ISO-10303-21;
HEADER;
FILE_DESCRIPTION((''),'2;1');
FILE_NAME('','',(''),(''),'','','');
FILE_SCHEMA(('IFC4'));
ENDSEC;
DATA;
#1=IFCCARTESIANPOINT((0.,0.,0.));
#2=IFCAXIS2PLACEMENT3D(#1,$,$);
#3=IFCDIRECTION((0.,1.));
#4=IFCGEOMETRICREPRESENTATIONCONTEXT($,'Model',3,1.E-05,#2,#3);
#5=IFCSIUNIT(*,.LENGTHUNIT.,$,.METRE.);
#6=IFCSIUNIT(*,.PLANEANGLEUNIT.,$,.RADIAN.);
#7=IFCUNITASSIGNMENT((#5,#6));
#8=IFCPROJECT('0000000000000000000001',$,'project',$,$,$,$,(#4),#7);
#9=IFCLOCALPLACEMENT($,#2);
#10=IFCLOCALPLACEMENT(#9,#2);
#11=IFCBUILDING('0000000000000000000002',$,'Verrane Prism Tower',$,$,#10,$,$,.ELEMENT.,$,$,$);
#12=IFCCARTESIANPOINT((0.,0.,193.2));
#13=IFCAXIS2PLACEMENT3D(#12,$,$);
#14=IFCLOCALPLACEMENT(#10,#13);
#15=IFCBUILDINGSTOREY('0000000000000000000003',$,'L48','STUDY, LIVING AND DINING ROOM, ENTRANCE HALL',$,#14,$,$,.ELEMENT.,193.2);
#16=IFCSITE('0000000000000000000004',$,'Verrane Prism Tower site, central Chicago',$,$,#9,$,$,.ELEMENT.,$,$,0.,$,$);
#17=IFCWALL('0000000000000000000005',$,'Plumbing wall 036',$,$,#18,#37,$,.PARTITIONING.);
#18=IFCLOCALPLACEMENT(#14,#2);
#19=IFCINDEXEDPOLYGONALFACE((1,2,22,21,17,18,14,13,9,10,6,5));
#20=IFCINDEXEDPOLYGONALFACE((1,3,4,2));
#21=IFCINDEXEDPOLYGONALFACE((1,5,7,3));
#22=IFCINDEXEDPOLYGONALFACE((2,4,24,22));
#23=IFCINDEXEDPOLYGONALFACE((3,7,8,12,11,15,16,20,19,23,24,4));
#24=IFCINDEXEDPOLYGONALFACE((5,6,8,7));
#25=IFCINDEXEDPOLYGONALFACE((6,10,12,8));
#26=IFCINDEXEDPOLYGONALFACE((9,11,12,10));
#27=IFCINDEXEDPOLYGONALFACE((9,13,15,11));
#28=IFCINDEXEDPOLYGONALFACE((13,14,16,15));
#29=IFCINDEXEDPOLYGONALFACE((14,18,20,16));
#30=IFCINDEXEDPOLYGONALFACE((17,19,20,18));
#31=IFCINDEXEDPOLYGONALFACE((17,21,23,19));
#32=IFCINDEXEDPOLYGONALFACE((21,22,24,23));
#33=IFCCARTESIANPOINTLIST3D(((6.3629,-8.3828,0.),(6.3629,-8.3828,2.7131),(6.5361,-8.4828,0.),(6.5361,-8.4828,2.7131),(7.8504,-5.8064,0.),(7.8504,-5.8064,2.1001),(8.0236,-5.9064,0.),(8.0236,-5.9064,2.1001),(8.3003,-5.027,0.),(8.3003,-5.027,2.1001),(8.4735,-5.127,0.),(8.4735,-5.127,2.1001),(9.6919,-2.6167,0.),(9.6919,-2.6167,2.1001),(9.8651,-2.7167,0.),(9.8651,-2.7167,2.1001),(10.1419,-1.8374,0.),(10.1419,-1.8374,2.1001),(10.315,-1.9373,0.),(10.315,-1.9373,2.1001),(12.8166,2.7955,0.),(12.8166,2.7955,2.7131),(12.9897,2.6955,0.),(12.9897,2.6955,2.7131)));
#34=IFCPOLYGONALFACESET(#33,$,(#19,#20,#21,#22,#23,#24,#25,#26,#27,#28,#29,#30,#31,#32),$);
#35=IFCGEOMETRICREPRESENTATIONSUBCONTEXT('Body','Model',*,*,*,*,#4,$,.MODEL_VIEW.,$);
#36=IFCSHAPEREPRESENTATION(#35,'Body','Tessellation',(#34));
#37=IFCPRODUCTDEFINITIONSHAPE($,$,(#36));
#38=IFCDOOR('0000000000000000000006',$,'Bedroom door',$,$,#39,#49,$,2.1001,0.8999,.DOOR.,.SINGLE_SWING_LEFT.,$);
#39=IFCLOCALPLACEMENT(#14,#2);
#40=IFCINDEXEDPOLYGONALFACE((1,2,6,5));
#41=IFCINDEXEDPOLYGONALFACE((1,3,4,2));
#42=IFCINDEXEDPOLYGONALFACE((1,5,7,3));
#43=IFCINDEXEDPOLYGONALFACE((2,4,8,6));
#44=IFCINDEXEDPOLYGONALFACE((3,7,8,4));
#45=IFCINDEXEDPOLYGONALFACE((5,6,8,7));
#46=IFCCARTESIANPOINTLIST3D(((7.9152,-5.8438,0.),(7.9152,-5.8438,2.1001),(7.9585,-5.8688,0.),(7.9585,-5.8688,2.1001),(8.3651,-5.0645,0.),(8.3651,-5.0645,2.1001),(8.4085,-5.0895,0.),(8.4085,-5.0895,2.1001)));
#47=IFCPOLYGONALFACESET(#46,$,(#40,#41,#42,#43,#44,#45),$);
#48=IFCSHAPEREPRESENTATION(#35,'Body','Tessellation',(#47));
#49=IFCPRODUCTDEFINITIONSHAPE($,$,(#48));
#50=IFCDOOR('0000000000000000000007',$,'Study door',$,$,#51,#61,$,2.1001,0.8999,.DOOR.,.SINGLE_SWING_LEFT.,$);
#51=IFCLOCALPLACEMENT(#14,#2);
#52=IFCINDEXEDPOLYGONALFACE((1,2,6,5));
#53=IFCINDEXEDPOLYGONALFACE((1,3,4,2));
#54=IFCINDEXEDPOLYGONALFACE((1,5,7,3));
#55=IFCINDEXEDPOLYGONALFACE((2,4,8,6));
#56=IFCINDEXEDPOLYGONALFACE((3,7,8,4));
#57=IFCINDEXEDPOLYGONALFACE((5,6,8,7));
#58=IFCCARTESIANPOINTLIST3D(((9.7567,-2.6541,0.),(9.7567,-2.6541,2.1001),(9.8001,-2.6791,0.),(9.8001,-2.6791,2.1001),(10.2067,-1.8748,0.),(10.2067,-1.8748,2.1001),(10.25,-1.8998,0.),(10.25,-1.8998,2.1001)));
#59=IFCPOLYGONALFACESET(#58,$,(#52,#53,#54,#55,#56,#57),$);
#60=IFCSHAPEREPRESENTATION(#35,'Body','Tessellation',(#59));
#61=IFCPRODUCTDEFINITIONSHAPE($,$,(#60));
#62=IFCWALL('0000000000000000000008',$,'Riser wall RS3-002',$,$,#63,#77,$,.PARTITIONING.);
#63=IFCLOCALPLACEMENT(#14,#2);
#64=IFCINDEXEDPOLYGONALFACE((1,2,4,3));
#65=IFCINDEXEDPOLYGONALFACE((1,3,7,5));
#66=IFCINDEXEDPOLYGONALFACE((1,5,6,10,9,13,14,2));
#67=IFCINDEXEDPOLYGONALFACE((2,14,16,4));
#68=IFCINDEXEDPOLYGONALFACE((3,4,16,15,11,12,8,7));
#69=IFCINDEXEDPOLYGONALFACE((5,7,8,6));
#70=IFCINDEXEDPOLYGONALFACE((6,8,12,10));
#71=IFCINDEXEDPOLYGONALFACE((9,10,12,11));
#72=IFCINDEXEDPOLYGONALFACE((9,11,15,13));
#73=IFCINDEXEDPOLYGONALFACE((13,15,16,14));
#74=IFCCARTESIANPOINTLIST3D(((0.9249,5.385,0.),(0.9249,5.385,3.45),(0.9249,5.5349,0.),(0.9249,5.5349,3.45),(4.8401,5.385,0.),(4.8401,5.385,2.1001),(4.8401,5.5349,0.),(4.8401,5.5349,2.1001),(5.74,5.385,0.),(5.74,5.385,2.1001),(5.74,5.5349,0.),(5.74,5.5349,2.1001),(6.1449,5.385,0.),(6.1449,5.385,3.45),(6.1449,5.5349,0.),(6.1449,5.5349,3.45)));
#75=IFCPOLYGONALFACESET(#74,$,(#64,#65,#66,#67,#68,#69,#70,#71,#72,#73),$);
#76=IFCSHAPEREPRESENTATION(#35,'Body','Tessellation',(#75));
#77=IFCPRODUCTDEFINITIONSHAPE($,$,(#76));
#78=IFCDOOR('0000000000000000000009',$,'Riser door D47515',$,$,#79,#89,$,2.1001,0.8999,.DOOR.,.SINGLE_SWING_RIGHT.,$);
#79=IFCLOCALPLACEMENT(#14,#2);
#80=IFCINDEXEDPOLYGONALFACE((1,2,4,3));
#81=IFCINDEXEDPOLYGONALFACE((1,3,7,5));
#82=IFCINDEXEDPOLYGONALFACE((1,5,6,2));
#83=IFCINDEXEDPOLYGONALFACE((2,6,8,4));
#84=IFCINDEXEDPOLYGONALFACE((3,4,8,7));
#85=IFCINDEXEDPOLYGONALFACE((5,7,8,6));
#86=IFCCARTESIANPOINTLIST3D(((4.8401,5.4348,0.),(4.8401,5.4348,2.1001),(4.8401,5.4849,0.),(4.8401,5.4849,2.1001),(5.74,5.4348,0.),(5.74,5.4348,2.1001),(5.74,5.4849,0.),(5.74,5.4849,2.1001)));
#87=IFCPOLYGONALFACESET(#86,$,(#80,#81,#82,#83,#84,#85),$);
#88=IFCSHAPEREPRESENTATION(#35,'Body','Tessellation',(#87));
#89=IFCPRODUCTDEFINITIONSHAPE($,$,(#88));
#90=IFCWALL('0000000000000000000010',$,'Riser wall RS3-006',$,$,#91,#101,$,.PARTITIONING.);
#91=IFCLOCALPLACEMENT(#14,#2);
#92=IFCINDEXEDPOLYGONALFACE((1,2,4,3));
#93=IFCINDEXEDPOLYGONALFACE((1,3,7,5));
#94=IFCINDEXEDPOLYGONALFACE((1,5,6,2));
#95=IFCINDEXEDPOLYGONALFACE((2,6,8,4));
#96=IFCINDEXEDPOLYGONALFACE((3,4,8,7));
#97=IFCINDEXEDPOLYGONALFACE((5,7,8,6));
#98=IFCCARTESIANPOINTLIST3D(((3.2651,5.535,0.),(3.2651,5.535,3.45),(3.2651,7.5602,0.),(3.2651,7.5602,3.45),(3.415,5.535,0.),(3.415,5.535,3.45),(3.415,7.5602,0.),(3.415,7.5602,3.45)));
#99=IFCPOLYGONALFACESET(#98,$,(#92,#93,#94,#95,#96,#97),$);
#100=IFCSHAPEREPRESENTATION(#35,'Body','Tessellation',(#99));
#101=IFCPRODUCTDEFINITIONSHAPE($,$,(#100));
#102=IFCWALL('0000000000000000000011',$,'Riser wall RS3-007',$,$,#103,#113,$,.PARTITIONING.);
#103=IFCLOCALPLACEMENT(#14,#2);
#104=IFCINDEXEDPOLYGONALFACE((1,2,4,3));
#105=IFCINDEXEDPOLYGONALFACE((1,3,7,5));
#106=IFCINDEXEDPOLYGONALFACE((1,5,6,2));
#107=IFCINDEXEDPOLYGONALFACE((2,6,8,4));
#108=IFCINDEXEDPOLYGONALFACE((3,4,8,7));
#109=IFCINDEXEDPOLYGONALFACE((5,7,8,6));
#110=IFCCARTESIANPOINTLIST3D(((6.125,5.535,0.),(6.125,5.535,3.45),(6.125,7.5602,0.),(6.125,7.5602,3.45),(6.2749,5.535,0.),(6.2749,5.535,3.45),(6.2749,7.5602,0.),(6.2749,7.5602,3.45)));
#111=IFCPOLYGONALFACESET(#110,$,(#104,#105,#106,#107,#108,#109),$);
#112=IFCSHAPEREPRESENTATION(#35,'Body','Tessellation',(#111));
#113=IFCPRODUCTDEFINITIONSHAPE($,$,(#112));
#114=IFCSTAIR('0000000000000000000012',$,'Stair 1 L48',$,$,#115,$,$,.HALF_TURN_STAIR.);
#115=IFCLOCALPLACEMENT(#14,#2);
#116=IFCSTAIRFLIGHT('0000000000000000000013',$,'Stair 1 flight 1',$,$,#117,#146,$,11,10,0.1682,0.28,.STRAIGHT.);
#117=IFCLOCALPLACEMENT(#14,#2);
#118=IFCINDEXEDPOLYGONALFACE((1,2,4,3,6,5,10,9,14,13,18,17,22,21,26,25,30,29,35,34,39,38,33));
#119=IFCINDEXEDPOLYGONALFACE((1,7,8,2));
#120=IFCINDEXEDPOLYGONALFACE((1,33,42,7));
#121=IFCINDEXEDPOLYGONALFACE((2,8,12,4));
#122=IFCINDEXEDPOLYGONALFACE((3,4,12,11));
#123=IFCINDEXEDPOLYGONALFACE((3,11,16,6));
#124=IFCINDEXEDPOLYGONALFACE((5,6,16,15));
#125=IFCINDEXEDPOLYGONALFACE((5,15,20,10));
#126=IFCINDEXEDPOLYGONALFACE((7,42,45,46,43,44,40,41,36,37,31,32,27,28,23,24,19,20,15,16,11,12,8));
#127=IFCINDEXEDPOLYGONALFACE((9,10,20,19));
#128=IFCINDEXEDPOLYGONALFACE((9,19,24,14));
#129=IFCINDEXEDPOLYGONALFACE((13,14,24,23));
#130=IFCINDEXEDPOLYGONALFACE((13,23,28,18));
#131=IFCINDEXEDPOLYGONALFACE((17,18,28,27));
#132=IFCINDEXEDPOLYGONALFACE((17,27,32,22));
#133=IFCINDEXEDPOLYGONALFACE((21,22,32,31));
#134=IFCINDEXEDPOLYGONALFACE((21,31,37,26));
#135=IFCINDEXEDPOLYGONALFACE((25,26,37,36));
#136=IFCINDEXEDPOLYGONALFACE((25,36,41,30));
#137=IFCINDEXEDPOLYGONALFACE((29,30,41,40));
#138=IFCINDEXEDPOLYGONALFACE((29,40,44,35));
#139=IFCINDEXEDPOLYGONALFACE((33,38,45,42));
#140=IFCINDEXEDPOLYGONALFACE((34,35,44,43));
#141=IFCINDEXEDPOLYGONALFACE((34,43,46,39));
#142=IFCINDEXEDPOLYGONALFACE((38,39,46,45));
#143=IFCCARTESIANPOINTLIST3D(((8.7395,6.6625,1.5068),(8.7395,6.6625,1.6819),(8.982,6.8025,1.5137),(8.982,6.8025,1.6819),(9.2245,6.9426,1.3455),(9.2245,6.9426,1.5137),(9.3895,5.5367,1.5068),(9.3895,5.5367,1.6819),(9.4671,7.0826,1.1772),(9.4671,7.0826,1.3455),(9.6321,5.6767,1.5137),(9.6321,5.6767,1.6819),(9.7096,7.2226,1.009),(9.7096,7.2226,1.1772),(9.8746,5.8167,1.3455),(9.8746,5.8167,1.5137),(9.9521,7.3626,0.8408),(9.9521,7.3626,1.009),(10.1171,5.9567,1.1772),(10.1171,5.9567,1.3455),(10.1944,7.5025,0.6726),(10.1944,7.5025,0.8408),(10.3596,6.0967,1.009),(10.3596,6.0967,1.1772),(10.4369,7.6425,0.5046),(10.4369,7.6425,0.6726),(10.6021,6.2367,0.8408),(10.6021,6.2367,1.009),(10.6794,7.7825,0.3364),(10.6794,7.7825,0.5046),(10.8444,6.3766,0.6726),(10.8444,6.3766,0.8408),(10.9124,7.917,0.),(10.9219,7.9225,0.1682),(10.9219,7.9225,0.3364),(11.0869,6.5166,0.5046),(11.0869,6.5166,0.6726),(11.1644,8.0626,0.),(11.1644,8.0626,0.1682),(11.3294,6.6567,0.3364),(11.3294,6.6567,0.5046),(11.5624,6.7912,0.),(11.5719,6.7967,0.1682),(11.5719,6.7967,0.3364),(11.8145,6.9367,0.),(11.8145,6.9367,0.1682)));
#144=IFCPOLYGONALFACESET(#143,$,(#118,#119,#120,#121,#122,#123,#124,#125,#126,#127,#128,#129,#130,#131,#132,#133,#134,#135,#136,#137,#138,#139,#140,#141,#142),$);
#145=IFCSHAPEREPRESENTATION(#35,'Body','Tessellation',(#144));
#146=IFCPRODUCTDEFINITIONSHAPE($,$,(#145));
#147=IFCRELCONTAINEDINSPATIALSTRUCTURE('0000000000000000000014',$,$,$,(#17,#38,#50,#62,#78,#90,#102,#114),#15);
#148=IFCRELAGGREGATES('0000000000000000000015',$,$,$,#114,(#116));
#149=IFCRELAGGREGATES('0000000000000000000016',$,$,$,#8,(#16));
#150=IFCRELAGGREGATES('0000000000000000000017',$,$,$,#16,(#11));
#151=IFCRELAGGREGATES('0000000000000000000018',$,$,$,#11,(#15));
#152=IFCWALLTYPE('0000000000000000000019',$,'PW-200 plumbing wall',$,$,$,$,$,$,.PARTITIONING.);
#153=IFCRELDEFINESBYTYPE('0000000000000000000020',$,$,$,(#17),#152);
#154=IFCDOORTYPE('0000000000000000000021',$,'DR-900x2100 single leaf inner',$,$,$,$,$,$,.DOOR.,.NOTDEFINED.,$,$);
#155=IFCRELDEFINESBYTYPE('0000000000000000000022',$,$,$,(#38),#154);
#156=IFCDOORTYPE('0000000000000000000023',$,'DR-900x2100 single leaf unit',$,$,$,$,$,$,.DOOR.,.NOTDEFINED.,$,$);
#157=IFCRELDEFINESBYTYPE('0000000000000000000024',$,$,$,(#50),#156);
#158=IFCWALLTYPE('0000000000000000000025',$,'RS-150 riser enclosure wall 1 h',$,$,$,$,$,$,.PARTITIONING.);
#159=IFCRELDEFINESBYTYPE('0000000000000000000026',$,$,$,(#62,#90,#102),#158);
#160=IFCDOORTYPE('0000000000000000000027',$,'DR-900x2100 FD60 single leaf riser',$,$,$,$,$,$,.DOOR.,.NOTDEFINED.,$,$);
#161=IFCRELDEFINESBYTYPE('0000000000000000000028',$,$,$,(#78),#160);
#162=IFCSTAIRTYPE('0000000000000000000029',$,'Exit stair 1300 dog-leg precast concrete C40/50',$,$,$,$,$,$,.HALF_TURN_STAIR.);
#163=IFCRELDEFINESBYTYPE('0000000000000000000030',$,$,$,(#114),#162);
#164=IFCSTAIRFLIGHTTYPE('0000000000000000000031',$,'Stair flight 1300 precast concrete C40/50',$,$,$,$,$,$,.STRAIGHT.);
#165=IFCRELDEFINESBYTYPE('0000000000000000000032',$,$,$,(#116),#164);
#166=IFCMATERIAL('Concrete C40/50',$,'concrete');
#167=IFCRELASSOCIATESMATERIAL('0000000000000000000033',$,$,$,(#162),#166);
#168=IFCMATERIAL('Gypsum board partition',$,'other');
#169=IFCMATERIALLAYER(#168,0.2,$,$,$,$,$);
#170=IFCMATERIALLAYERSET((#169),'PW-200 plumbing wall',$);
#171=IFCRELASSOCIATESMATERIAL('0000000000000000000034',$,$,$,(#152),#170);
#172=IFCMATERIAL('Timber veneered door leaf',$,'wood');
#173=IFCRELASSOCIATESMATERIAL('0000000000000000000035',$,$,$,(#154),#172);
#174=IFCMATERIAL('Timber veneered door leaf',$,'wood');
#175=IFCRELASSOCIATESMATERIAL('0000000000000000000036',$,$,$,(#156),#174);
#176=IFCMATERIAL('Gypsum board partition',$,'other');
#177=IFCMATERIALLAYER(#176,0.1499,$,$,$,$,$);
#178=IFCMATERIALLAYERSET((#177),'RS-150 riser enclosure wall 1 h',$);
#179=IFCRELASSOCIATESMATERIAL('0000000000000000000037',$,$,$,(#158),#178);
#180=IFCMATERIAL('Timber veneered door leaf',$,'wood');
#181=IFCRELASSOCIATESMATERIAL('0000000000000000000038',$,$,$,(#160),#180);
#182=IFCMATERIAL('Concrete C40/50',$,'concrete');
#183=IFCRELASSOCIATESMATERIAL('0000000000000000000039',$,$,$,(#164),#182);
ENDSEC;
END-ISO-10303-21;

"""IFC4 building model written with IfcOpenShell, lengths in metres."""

from ifc_helpers import new_model, si_unit, direction, frame, frame_2d, origin, place, context, subcontext, project, spatial, polyline, rectangle, outline, extrude, material, layer, layer_set, type_object, element, fill, aggregate, save


model = new_model("IFC4")

# Units and contexts
model_context = context("Model", 3, precision=1e-05, world=origin(), true_north=direction((0.0, 1.0)))
body_context = subcontext(model_context, "Body", "Model", "MODEL_VIEW")
ifc_project = project(units=[si_unit("LENGTHUNIT", "METRE"), si_unit("PLANEANGLEUNIT", "RADIAN")], contexts=[model_context])

# Site, building, storey
site_placement = place(None, origin())
site = spatial("IfcSite", under=ifc_project, at=site_placement, Name="Verrane Prism Tower site, central Chicago", CompositionType="ELEMENT", RefElevation=0.0)
building_placement = place(site_placement, origin())
building = spatial("IfcBuilding", under=site, at=building_placement, Name="Verrane Prism Tower", CompositionType="ELEMENT")
storey_placement = place(building_placement, frame((0.0, 0.0, 193.2)))
storey = spatial("IfcBuildingStorey", under=building, at=storey_placement, Name="L48", Description="STUDY, LIVING AND DINING ROOM, ENTRANCE HALL", CompositionType="ELEMENT", Elevation=193.2)

# Shared definitions
ifc_material_1 = material(Name="Concrete C40/50", Category="concrete")
stair_type = type_object("IfcStairType", Name="Exit stair 1300 dog-leg precast concrete C40/50", PredefinedType="HALF_TURN_STAIR", material=ifc_material_1)

# Wall, openings, doors
ifc_material_2 = material(Name="Gypsum board partition", Category="other")
ifc_layer_1 = layer(ifc_material_2, 0.2)
ifc_layer_set_1 = layer_set([ifc_layer_1], Name="PW-200 plumbing wall")
wall_type_1 = type_object("IfcWallType", Name="PW-200 plumbing wall", PredefinedType="PARTITIONING", material=ifc_layer_set_1)
wall_1_placement = place(storey_placement, frame((12.9031, 2.7454, 0.0), z_axis=(0.0, 0.0, 1.0), x_axis=(-0.499992, -0.86603, 0.0)))
wall_1 = element("IfcWall", 1, at=wall_1_placement, inside=storey, type_object=wall_type_1, Name="Plumbing wall 036", PredefinedType="PARTITIONING", context=body_context, shape_type="SweptSolid", body=[
    extrude(rectangle(XDim=12.9075, YDim=0.2, at=frame_2d((6.4536, 0.0))), origin(), (0.0, 0.0, 1.0), 2.7131),
])
opening_1_placement = place(wall_1_placement, frame((9.0325, 0.0, 0.0)))
opening_1 = element("IfcOpeningElement", 2, at=opening_1_placement, cuts=wall_1, PredefinedType="OPENING", context=body_context, shape_type="SweptSolid", body=[
    extrude(rectangle(XDim=0.8999, YDim=2.1001, at=frame_2d((0.45, 1.05))), frame((0.0, 0.1099, 0.0), z_axis=(0.0, -1.0, 0.0), x_axis=(1.0, 0.0, 0.0)), (0.0, 0.0, 1.0), 0.22),
])
opening_2_placement = place(wall_1_placement, frame((5.3494, 0.0, 0.0)))
opening_2 = element("IfcOpeningElement", 3, at=opening_2_placement, cuts=wall_1, PredefinedType="OPENING", context=body_context, shape_type="SweptSolid", body=[
    extrude(rectangle(XDim=0.8999, YDim=2.1001, at=frame_2d((0.45, 1.05))), frame((0.0, 0.1099, 0.0), z_axis=(0.0, -1.0, 0.0), x_axis=(1.0, 0.0, 0.0)), (0.0, 0.0, 1.0), 0.22),
])
ifc_material_3 = material(Name="Timber veneered door leaf", Category="wood")
door_type_1 = type_object("IfcDoorType", Name="DR-900x2100 single leaf inner", OperationType="NOTDEFINED", PredefinedType="DOOR", material=ifc_material_3)
door_1_placement = place(opening_1_placement, origin())
door_1 = element("IfcDoor", 4, at=door_1_placement, inside=storey, type_object=door_type_1, Name="Bedroom door", OperationType="SINGLE_SWING_LEFT", OverallHeight=2.1001, OverallWidth=0.8999, PredefinedType="DOOR", context=body_context, shape_type="SweptSolid", body=[
    extrude(rectangle(XDim=0.8999, YDim=2.1001, at=frame_2d((0.45, 1.05))), frame((0.0, 0.0249, 0.0), z_axis=(0.0, -1.0, 0.0), x_axis=(1.0, 0.0, 0.0)), (0.0, 0.0, 1.0), 0.05),
])
fill(opening_1, door_1)
ifc_material_4 = material(Name="Timber veneered door leaf", Category="wood")
door_type_2 = type_object("IfcDoorType", Name="DR-900x2100 single leaf unit", OperationType="NOTDEFINED", PredefinedType="DOOR", material=ifc_material_4)
door_2_placement = place(opening_2_placement, origin())
door_2 = element("IfcDoor", 5, at=door_2_placement, inside=storey, type_object=door_type_2, Name="Study door", OperationType="SINGLE_SWING_LEFT", OverallHeight=2.1001, OverallWidth=0.8999, PredefinedType="DOOR", context=body_context, shape_type="SweptSolid", body=[
    extrude(rectangle(XDim=0.8999, YDim=2.1001, at=frame_2d((0.45, 1.05))), frame((0.0, 0.0249, 0.0), z_axis=(0.0, -1.0, 0.0), x_axis=(1.0, 0.0, 0.0)), (0.0, 0.0, 1.0), 0.05),
])
fill(opening_2, door_2)

# Wall, opening, door
ifc_material_5 = material(Name="Gypsum board partition", Category="other")
ifc_layer_2 = layer(ifc_material_5, 0.1499)
ifc_layer_set_2 = layer_set([ifc_layer_2], Name="RS-150 riser enclosure wall 1 h")
wall_type_2 = type_object("IfcWallType", Name="RS-150 riser enclosure wall 1 h", PredefinedType="PARTITIONING", material=ifc_layer_set_2)
wall_2_placement = place(storey_placement, frame((0.925, 5.46, 0.0), z_axis=(0.0, 0.0, 1.0), x_axis=(1.0, 0.0, 0.0)))
wall_2 = element("IfcWall", 6, at=wall_2_placement, inside=storey, type_object=wall_type_2, Name="Riser wall RS3-002", PredefinedType="PARTITIONING", context=body_context, shape_type="SweptSolid", body=[
    extrude(rectangle(XDim=5.22, YDim=0.1499, at=frame_2d((2.6099, 0.0))), origin(), (0.0, 0.0, 1.0), 3.45),
])
opening_3_placement = place(wall_2_placement, frame((3.915, 0.0, 0.0)))
opening_3 = element("IfcOpeningElement", 7, at=opening_3_placement, cuts=wall_2, PredefinedType="OPENING", context=body_context, shape_type="SweptSolid", body=[
    extrude(rectangle(XDim=0.8999, YDim=2.1001, at=frame_2d((0.45, 1.05))), frame((0.0, 0.085, 0.0), z_axis=(0.0, -1.0, 0.0), x_axis=(1.0, 0.0, 0.0)), (0.0, 0.0, 1.0), 0.1699),
])
ifc_material_6 = material(Name="Timber veneered door leaf", Category="wood")
door_type_3 = type_object("IfcDoorType", Name="DR-900x2100 FD60 single leaf riser", OperationType="NOTDEFINED", PredefinedType="DOOR", material=ifc_material_6)
door_3_placement = place(opening_3_placement, origin())
door_3 = element("IfcDoor", 8, at=door_3_placement, inside=storey, type_object=door_type_3, Name="Riser door D47515", OperationType="SINGLE_SWING_RIGHT", OverallHeight=2.1001, OverallWidth=0.8999, PredefinedType="DOOR", context=body_context, shape_type="SweptSolid", body=[
    extrude(rectangle(XDim=0.8999, YDim=2.1001, at=frame_2d((0.45, 1.05))), frame((0.0, 0.0249, 0.0), z_axis=(0.0, -1.0, 0.0), x_axis=(1.0, 0.0, 0.0)), (0.0, 0.0, 1.0), 0.05),
])
fill(opening_3, door_3)

# Walls
for number, where, z_axis, x_axis, name in (
    (9, (3.3401, 5.5349, 0.0), (0.0, 0.0, 1.0), (0.0, 1.0, 0.0), "Riser wall RS3-006"),
    (10, (6.2, 5.5349, 0.0), (0.0, 0.0, 1.0), (0.0, 1.0, 0.0), "Riser wall RS3-007"),
):
    element("IfcWall", number, at=place(storey_placement, frame(where, z_axis=z_axis, x_axis=x_axis)), inside=storey, type_object=wall_type_2, Name=name, PredefinedType="PARTITIONING", context=body_context, shape_type="SweptSolid", body=[
        extrude(rectangle(XDim=2.0251, YDim=0.1499, at=frame_2d((1.0127, 0.0))), origin(), (0.0, 0.0, 1.0), 3.45),
    ])

# Stair, stair flight
stair_1_placement = place(storey_placement, origin())
stair_1 = element("IfcStair", 11, at=stair_1_placement, inside=storey, type_object=stair_type, Name="Stair 1 L48", PredefinedType="HALF_TURN_STAIR")
ifc_material_7 = material(Name="Concrete C40/50", Category="concrete")
stair_flight_type = type_object("IfcStairFlightType", Name="Stair flight 1300 precast concrete C40/50", PredefinedType="STRAIGHT", material=ifc_material_7)
stair_flight_1_placement = place(storey_placement, frame((11.4895, 7.4995, 0.0), z_axis=(0.0, 0.0, 1.0), x_axis=(-0.866025, -0.5, 0.0)))
stair_flight_1 = element("IfcStairFlight", 12, at=stair_flight_1_placement, type_object=stair_flight_type, Name="Stair 1 flight 1", NumberOfRisers=11, NumberOfTreads=10, PredefinedType="STRAIGHT", RiserHeight=0.1682, TreadLength=0.28, context=body_context, shape_type="SweptSolid", body=[
    extrude(outline(polyline([(0.0, 0.0), (0.0, 0.1682), (0.28, 0.1682), (0.28, 0.3364), (0.5601, 0.3364), (0.5601, 0.5046), (0.8401, 0.5046), (0.8401, 0.6726), (1.1201, 0.6726), (1.1201, 0.8408), (1.3999, 0.8408), (1.3999, 1.009), (1.6799, 1.009), (1.6799, 1.1772), (1.96, 1.1772), (1.96, 1.3455), (2.24, 1.3455), (2.24, 1.5137), (2.52, 1.5137), (2.52, 1.6819), (2.8, 1.6819), (2.8, 1.8501), (2.8, 1.5068), (0.291, 0.0), (0.0, 0.0)])), frame((0.0, 0.6499, 0.0), z_axis=(0.0, -1.0, 0.0), x_axis=(1.0, 0.0, 0.0)), (0.0, 0.0, 1.0), 1.3),
])
aggregate(stair_1, [stair_flight_1])

save(model, "model.ifc")
